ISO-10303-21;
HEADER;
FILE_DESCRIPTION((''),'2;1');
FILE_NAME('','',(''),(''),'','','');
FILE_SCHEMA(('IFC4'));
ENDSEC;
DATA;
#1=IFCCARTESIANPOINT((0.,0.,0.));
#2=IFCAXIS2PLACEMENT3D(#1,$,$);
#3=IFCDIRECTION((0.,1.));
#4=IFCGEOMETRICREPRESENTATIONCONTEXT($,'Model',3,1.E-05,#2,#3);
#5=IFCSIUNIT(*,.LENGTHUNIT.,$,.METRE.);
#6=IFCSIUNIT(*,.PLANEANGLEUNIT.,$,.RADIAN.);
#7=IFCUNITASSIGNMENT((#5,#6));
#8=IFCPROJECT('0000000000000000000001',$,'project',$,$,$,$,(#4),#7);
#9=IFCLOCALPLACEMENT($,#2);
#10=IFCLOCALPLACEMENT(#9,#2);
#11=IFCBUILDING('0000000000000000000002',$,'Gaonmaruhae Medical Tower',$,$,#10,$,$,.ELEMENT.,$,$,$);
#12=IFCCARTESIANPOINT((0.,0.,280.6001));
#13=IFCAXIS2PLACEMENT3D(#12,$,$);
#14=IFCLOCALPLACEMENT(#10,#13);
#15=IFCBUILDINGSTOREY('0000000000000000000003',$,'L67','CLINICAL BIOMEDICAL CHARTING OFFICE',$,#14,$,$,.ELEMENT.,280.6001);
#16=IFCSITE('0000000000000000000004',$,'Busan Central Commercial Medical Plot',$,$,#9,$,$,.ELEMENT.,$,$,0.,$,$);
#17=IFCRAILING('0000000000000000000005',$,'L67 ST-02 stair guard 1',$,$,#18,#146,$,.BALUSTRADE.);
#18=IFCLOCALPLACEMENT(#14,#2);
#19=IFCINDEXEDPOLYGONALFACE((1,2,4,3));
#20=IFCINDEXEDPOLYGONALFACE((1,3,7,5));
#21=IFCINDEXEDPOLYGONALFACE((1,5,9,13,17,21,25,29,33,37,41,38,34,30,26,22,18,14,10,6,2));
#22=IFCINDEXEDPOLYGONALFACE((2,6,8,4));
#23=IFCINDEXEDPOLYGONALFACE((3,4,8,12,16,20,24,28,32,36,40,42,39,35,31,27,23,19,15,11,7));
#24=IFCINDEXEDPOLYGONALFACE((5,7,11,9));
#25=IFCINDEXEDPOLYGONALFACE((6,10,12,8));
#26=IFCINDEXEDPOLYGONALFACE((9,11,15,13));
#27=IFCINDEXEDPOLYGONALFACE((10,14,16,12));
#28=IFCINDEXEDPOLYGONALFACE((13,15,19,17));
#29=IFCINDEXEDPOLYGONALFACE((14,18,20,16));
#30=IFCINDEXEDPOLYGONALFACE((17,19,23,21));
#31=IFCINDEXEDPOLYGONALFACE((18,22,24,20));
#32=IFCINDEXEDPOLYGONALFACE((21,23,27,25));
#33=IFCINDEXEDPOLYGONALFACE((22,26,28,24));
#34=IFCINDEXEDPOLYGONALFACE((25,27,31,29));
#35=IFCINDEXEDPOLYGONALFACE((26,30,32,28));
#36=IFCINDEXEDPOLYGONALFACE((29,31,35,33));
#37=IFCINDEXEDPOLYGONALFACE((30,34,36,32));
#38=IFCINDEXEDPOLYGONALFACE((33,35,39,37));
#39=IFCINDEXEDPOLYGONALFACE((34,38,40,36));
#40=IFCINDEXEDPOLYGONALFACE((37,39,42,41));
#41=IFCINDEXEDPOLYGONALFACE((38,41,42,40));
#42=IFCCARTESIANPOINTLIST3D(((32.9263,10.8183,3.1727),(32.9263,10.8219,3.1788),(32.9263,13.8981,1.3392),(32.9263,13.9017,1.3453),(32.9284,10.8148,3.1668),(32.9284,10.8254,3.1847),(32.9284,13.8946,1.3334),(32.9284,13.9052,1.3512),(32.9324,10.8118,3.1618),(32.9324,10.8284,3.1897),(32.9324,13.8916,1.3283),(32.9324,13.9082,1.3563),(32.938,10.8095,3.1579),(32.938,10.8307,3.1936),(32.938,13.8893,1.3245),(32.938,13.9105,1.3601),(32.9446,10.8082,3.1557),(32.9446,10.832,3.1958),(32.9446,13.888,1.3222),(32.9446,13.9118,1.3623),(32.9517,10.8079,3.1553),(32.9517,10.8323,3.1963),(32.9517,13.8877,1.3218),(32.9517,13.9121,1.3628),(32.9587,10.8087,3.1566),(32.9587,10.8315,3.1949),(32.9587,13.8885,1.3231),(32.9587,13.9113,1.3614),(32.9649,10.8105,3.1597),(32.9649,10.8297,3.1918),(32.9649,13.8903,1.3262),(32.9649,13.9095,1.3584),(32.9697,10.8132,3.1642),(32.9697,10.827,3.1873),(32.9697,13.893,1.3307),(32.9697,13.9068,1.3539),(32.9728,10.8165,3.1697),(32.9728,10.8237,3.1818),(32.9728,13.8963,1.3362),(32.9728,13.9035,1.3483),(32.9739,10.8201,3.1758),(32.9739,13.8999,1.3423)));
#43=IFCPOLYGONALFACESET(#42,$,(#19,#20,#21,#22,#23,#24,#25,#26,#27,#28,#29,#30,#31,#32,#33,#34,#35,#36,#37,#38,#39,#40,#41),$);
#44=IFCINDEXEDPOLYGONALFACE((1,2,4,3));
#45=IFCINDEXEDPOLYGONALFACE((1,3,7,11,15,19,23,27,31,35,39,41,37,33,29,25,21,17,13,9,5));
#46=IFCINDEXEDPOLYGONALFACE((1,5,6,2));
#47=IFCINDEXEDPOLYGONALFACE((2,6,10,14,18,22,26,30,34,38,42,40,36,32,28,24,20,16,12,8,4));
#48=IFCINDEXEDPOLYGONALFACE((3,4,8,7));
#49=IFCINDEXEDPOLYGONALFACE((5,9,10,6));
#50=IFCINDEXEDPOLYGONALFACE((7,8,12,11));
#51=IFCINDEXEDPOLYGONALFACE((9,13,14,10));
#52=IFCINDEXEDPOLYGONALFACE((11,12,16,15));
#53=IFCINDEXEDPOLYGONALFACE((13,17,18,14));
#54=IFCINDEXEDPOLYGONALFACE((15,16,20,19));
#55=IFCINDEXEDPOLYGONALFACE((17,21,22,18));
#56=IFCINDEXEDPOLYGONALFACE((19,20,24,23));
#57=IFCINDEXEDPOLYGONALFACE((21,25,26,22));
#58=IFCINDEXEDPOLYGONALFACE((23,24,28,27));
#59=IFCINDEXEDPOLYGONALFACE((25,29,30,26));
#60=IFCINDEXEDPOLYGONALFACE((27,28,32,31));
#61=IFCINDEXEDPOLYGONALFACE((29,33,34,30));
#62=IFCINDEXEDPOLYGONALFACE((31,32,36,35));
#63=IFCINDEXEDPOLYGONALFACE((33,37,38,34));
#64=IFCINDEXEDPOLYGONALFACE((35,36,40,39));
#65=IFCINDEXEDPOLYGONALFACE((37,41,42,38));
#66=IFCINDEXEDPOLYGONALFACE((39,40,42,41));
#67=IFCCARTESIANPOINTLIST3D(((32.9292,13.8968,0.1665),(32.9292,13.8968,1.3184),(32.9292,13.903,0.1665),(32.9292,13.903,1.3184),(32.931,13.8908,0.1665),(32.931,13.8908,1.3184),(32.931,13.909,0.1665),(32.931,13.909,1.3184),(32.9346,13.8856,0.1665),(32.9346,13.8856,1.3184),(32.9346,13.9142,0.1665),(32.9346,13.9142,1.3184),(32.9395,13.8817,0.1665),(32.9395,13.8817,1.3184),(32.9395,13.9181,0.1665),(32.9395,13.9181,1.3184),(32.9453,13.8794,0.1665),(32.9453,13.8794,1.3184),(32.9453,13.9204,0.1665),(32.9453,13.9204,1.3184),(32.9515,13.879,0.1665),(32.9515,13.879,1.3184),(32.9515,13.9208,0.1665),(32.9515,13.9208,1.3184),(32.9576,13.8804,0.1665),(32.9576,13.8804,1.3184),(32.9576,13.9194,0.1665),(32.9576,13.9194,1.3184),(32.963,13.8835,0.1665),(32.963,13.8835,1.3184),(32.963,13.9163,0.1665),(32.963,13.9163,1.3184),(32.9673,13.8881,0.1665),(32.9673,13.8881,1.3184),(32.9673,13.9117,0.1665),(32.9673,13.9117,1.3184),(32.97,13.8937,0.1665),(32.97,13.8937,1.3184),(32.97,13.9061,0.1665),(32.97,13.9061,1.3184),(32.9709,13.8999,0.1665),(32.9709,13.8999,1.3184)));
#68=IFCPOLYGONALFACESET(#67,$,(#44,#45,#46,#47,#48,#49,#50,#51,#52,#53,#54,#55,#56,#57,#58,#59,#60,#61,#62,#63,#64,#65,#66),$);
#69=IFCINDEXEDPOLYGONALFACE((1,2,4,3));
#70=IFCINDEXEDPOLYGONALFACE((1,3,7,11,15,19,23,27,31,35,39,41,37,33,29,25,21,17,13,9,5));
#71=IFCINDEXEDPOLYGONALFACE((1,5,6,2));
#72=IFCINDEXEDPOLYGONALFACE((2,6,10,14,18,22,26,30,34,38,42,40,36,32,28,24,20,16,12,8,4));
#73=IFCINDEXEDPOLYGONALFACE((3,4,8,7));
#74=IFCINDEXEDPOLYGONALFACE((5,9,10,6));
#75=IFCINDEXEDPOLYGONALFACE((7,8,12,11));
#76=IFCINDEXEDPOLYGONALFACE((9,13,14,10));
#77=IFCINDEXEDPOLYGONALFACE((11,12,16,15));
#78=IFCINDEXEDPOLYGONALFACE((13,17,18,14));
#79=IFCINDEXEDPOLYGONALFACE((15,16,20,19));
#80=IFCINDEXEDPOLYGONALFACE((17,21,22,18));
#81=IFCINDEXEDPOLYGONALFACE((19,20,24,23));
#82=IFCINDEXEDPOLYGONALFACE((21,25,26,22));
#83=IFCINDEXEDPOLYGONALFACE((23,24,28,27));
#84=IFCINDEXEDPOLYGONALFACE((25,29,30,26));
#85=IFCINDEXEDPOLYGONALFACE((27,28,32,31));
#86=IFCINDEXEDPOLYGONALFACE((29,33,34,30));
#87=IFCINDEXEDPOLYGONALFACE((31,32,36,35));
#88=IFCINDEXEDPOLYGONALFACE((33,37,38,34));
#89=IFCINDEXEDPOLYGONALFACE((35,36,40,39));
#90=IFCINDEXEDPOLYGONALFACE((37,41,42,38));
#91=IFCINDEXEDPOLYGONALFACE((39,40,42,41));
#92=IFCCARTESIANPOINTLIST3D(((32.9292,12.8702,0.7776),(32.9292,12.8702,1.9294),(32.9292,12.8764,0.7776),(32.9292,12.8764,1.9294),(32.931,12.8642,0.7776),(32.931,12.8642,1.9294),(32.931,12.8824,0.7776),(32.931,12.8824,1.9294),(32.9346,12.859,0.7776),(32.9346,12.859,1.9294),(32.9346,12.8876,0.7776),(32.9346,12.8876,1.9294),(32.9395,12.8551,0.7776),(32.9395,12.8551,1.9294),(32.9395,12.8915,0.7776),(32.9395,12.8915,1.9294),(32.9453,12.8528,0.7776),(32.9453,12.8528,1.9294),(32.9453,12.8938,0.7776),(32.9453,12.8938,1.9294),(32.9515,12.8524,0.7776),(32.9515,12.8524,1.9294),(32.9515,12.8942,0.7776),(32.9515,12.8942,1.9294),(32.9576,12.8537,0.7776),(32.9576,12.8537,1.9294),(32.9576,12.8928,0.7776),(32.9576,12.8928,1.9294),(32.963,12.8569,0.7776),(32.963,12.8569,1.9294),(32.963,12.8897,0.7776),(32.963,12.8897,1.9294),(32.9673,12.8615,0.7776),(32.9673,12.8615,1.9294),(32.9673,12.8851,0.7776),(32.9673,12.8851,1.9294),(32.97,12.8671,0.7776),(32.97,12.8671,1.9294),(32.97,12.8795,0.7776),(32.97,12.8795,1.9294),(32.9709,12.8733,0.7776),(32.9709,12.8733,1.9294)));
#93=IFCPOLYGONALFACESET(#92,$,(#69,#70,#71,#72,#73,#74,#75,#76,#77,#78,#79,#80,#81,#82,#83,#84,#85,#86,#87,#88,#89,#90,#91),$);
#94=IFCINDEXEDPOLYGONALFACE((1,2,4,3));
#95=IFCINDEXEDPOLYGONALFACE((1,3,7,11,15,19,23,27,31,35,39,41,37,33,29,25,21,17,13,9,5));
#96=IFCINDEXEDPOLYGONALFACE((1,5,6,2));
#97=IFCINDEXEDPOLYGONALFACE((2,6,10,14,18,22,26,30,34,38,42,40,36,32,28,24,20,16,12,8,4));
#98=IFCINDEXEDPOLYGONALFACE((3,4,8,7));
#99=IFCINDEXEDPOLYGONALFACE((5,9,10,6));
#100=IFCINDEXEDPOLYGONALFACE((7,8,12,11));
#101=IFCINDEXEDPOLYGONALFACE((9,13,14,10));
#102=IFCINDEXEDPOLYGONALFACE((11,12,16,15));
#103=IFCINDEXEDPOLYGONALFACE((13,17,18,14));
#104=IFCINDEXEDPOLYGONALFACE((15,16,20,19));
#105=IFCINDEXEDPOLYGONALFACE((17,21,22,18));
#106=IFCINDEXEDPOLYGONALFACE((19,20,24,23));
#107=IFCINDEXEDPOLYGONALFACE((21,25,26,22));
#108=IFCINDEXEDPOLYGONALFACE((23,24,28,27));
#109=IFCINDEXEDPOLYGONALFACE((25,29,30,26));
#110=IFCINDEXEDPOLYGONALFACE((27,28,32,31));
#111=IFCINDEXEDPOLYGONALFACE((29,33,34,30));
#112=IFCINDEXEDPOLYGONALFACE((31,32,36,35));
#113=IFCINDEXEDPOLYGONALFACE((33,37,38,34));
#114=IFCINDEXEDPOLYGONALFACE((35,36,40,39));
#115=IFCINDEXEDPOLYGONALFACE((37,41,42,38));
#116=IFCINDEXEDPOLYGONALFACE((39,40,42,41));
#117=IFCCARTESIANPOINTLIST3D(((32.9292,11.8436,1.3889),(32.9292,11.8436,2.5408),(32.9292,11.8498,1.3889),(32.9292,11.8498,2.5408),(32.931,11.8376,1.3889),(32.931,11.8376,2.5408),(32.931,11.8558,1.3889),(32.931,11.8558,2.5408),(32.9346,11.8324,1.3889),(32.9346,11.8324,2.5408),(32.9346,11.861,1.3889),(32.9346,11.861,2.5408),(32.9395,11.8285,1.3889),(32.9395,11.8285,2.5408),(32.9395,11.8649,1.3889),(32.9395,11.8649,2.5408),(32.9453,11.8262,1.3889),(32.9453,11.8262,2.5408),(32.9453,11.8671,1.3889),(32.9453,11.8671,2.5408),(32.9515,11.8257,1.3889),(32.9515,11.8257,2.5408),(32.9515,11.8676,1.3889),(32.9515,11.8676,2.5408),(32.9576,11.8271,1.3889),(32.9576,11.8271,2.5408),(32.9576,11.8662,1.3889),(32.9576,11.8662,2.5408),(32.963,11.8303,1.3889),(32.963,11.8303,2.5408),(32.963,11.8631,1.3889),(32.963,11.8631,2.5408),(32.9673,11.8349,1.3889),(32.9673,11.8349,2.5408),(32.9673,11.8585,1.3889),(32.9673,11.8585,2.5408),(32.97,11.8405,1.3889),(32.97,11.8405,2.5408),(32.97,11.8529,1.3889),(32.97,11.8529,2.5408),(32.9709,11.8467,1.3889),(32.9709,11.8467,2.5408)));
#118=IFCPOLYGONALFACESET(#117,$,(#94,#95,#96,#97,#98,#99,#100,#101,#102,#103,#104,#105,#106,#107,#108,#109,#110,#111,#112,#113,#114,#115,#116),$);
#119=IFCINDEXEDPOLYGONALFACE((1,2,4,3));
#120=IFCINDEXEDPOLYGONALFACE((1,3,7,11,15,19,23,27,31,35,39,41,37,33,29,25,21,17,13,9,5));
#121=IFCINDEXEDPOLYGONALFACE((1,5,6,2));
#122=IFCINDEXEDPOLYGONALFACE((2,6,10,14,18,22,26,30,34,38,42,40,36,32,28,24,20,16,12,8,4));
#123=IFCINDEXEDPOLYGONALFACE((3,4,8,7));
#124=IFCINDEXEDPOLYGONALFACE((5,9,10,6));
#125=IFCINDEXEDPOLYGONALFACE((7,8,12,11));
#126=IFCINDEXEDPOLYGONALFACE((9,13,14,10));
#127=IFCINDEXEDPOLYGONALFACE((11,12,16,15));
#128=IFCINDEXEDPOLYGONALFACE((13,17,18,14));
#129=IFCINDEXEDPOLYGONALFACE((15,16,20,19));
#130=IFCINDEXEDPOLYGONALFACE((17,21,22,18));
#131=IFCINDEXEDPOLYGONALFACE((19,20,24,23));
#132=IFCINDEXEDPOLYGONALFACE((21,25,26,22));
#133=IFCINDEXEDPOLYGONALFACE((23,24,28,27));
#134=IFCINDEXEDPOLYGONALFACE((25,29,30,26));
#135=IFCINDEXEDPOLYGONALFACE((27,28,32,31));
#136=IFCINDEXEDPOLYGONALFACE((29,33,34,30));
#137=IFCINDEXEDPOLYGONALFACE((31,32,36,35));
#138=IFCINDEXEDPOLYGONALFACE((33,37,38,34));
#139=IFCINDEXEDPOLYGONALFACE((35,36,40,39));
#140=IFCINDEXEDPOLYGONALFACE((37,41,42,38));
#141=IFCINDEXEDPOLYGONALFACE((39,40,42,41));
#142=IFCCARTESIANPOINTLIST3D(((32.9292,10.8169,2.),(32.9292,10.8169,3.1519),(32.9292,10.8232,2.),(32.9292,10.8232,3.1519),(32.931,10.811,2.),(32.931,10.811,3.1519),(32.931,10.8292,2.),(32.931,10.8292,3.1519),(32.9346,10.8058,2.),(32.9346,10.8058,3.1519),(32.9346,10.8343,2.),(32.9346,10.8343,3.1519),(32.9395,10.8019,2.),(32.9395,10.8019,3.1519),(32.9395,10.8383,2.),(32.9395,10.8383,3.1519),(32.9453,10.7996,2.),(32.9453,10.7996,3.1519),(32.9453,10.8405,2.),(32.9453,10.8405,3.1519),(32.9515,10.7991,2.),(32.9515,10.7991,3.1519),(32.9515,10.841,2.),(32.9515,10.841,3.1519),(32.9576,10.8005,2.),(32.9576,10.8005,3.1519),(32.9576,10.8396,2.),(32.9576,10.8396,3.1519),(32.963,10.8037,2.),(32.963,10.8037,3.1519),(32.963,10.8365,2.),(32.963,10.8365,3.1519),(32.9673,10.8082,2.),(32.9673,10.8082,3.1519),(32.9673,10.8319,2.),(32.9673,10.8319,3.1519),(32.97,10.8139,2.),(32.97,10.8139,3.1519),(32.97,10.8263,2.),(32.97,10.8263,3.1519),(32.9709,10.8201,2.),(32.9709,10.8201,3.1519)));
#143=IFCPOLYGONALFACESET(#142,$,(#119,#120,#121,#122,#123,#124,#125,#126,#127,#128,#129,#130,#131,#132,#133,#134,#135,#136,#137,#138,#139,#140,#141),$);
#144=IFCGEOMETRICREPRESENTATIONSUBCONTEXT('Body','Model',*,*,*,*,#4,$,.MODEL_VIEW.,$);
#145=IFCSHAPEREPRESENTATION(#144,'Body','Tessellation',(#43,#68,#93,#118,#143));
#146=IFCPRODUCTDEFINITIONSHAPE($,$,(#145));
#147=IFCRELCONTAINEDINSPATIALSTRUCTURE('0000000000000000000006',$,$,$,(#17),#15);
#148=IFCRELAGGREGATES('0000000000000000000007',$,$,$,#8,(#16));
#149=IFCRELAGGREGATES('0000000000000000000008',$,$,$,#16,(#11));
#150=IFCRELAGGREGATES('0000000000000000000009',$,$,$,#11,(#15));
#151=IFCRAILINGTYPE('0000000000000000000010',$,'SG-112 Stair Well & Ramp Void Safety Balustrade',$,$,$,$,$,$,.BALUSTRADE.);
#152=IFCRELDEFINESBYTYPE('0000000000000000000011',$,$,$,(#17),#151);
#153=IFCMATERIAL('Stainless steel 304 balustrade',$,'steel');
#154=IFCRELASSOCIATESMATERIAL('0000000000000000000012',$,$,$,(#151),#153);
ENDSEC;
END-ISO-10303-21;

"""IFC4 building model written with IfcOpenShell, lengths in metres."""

from ifc_helpers import new_model, si_unit, direction, frame, origin, origin_2d, place, context, subcontext, project, spatial, circle, extrude, material, type_object, element, save


model = new_model("IFC4")

# Units and contexts
model_context = context("Model", 3, precision=1e-05, world=origin(), true_north=direction((0.0, 1.0)))
body_context = subcontext(model_context, "Body", "Model", "MODEL_VIEW")
ifc_project = project(units=[si_unit("LENGTHUNIT", "METRE"), si_unit("PLANEANGLEUNIT", "RADIAN")], contexts=[model_context])

# Site, building, storey
site_placement = place(None, origin())
site = spatial("IfcSite", under=ifc_project, at=site_placement, Name="Busan Central Commercial Medical Plot", CompositionType="ELEMENT", RefElevation=0.0)
building_placement = place(site_placement, origin())
building = spatial("IfcBuilding", under=site, at=building_placement, Name="Gaonmaruhae Medical Tower", CompositionType="ELEMENT")
storey_placement = place(building_placement, frame((0.0, 0.0, 280.6001)))
storey = spatial("IfcBuildingStorey", under=building, at=storey_placement, Name="L67", Description="CLINICAL BIOMEDICAL CHARTING OFFICE", CompositionType="ELEMENT", Elevation=280.6001)

# Railing
ifc_material_1 = material(Name="Stainless steel 304 balustrade", Category="steel")
railing_type_1 = type_object("IfcRailingType", Name="SG-112 Stair Well & Ramp Void Safety Balustrade", PredefinedType="BALUSTRADE", material=ifc_material_1)
railing_1_placement = place(storey_placement, frame((32.95, 13.8999, 0.1665)))
element("IfcRailing", 1, at=railing_1_placement, inside=storey, type_object=railing_type_1, Name="L67 ST-02 stair guard 1", PredefinedType="BALUSTRADE", context=body_context, shape_type="SweptSolid", body=[
    extrude(circle(Radius=0.0239, at=origin_2d()), frame((0.0, 0.0, 1.1758), z_axis=(0.0, -0.859261, 0.511538), x_axis=(1.0, 0.0, 0.0)), (0.0, 0.0, 1.0), 3.5842),
    extrude(circle(Radius=0.021, at=origin_2d()), origin(), (0.0, 0.0, 1.0), 1.1519),
    extrude(circle(Radius=0.021, at=origin_2d()), frame((0.0, -1.0266, 0.6111)), (0.0, 0.0, 1.0), 1.1519),
    extrude(circle(Radius=0.021, at=origin_2d()), frame((0.0, -2.0532, 1.2224)), (0.0, 0.0, 1.0), 1.1519),
    extrude(circle(Radius=0.021, at=origin_2d()), frame((0.0, -3.0798, 1.8335)), (0.0, 0.0, 1.0), 1.1519),
])

save(model, "model.ifc")
